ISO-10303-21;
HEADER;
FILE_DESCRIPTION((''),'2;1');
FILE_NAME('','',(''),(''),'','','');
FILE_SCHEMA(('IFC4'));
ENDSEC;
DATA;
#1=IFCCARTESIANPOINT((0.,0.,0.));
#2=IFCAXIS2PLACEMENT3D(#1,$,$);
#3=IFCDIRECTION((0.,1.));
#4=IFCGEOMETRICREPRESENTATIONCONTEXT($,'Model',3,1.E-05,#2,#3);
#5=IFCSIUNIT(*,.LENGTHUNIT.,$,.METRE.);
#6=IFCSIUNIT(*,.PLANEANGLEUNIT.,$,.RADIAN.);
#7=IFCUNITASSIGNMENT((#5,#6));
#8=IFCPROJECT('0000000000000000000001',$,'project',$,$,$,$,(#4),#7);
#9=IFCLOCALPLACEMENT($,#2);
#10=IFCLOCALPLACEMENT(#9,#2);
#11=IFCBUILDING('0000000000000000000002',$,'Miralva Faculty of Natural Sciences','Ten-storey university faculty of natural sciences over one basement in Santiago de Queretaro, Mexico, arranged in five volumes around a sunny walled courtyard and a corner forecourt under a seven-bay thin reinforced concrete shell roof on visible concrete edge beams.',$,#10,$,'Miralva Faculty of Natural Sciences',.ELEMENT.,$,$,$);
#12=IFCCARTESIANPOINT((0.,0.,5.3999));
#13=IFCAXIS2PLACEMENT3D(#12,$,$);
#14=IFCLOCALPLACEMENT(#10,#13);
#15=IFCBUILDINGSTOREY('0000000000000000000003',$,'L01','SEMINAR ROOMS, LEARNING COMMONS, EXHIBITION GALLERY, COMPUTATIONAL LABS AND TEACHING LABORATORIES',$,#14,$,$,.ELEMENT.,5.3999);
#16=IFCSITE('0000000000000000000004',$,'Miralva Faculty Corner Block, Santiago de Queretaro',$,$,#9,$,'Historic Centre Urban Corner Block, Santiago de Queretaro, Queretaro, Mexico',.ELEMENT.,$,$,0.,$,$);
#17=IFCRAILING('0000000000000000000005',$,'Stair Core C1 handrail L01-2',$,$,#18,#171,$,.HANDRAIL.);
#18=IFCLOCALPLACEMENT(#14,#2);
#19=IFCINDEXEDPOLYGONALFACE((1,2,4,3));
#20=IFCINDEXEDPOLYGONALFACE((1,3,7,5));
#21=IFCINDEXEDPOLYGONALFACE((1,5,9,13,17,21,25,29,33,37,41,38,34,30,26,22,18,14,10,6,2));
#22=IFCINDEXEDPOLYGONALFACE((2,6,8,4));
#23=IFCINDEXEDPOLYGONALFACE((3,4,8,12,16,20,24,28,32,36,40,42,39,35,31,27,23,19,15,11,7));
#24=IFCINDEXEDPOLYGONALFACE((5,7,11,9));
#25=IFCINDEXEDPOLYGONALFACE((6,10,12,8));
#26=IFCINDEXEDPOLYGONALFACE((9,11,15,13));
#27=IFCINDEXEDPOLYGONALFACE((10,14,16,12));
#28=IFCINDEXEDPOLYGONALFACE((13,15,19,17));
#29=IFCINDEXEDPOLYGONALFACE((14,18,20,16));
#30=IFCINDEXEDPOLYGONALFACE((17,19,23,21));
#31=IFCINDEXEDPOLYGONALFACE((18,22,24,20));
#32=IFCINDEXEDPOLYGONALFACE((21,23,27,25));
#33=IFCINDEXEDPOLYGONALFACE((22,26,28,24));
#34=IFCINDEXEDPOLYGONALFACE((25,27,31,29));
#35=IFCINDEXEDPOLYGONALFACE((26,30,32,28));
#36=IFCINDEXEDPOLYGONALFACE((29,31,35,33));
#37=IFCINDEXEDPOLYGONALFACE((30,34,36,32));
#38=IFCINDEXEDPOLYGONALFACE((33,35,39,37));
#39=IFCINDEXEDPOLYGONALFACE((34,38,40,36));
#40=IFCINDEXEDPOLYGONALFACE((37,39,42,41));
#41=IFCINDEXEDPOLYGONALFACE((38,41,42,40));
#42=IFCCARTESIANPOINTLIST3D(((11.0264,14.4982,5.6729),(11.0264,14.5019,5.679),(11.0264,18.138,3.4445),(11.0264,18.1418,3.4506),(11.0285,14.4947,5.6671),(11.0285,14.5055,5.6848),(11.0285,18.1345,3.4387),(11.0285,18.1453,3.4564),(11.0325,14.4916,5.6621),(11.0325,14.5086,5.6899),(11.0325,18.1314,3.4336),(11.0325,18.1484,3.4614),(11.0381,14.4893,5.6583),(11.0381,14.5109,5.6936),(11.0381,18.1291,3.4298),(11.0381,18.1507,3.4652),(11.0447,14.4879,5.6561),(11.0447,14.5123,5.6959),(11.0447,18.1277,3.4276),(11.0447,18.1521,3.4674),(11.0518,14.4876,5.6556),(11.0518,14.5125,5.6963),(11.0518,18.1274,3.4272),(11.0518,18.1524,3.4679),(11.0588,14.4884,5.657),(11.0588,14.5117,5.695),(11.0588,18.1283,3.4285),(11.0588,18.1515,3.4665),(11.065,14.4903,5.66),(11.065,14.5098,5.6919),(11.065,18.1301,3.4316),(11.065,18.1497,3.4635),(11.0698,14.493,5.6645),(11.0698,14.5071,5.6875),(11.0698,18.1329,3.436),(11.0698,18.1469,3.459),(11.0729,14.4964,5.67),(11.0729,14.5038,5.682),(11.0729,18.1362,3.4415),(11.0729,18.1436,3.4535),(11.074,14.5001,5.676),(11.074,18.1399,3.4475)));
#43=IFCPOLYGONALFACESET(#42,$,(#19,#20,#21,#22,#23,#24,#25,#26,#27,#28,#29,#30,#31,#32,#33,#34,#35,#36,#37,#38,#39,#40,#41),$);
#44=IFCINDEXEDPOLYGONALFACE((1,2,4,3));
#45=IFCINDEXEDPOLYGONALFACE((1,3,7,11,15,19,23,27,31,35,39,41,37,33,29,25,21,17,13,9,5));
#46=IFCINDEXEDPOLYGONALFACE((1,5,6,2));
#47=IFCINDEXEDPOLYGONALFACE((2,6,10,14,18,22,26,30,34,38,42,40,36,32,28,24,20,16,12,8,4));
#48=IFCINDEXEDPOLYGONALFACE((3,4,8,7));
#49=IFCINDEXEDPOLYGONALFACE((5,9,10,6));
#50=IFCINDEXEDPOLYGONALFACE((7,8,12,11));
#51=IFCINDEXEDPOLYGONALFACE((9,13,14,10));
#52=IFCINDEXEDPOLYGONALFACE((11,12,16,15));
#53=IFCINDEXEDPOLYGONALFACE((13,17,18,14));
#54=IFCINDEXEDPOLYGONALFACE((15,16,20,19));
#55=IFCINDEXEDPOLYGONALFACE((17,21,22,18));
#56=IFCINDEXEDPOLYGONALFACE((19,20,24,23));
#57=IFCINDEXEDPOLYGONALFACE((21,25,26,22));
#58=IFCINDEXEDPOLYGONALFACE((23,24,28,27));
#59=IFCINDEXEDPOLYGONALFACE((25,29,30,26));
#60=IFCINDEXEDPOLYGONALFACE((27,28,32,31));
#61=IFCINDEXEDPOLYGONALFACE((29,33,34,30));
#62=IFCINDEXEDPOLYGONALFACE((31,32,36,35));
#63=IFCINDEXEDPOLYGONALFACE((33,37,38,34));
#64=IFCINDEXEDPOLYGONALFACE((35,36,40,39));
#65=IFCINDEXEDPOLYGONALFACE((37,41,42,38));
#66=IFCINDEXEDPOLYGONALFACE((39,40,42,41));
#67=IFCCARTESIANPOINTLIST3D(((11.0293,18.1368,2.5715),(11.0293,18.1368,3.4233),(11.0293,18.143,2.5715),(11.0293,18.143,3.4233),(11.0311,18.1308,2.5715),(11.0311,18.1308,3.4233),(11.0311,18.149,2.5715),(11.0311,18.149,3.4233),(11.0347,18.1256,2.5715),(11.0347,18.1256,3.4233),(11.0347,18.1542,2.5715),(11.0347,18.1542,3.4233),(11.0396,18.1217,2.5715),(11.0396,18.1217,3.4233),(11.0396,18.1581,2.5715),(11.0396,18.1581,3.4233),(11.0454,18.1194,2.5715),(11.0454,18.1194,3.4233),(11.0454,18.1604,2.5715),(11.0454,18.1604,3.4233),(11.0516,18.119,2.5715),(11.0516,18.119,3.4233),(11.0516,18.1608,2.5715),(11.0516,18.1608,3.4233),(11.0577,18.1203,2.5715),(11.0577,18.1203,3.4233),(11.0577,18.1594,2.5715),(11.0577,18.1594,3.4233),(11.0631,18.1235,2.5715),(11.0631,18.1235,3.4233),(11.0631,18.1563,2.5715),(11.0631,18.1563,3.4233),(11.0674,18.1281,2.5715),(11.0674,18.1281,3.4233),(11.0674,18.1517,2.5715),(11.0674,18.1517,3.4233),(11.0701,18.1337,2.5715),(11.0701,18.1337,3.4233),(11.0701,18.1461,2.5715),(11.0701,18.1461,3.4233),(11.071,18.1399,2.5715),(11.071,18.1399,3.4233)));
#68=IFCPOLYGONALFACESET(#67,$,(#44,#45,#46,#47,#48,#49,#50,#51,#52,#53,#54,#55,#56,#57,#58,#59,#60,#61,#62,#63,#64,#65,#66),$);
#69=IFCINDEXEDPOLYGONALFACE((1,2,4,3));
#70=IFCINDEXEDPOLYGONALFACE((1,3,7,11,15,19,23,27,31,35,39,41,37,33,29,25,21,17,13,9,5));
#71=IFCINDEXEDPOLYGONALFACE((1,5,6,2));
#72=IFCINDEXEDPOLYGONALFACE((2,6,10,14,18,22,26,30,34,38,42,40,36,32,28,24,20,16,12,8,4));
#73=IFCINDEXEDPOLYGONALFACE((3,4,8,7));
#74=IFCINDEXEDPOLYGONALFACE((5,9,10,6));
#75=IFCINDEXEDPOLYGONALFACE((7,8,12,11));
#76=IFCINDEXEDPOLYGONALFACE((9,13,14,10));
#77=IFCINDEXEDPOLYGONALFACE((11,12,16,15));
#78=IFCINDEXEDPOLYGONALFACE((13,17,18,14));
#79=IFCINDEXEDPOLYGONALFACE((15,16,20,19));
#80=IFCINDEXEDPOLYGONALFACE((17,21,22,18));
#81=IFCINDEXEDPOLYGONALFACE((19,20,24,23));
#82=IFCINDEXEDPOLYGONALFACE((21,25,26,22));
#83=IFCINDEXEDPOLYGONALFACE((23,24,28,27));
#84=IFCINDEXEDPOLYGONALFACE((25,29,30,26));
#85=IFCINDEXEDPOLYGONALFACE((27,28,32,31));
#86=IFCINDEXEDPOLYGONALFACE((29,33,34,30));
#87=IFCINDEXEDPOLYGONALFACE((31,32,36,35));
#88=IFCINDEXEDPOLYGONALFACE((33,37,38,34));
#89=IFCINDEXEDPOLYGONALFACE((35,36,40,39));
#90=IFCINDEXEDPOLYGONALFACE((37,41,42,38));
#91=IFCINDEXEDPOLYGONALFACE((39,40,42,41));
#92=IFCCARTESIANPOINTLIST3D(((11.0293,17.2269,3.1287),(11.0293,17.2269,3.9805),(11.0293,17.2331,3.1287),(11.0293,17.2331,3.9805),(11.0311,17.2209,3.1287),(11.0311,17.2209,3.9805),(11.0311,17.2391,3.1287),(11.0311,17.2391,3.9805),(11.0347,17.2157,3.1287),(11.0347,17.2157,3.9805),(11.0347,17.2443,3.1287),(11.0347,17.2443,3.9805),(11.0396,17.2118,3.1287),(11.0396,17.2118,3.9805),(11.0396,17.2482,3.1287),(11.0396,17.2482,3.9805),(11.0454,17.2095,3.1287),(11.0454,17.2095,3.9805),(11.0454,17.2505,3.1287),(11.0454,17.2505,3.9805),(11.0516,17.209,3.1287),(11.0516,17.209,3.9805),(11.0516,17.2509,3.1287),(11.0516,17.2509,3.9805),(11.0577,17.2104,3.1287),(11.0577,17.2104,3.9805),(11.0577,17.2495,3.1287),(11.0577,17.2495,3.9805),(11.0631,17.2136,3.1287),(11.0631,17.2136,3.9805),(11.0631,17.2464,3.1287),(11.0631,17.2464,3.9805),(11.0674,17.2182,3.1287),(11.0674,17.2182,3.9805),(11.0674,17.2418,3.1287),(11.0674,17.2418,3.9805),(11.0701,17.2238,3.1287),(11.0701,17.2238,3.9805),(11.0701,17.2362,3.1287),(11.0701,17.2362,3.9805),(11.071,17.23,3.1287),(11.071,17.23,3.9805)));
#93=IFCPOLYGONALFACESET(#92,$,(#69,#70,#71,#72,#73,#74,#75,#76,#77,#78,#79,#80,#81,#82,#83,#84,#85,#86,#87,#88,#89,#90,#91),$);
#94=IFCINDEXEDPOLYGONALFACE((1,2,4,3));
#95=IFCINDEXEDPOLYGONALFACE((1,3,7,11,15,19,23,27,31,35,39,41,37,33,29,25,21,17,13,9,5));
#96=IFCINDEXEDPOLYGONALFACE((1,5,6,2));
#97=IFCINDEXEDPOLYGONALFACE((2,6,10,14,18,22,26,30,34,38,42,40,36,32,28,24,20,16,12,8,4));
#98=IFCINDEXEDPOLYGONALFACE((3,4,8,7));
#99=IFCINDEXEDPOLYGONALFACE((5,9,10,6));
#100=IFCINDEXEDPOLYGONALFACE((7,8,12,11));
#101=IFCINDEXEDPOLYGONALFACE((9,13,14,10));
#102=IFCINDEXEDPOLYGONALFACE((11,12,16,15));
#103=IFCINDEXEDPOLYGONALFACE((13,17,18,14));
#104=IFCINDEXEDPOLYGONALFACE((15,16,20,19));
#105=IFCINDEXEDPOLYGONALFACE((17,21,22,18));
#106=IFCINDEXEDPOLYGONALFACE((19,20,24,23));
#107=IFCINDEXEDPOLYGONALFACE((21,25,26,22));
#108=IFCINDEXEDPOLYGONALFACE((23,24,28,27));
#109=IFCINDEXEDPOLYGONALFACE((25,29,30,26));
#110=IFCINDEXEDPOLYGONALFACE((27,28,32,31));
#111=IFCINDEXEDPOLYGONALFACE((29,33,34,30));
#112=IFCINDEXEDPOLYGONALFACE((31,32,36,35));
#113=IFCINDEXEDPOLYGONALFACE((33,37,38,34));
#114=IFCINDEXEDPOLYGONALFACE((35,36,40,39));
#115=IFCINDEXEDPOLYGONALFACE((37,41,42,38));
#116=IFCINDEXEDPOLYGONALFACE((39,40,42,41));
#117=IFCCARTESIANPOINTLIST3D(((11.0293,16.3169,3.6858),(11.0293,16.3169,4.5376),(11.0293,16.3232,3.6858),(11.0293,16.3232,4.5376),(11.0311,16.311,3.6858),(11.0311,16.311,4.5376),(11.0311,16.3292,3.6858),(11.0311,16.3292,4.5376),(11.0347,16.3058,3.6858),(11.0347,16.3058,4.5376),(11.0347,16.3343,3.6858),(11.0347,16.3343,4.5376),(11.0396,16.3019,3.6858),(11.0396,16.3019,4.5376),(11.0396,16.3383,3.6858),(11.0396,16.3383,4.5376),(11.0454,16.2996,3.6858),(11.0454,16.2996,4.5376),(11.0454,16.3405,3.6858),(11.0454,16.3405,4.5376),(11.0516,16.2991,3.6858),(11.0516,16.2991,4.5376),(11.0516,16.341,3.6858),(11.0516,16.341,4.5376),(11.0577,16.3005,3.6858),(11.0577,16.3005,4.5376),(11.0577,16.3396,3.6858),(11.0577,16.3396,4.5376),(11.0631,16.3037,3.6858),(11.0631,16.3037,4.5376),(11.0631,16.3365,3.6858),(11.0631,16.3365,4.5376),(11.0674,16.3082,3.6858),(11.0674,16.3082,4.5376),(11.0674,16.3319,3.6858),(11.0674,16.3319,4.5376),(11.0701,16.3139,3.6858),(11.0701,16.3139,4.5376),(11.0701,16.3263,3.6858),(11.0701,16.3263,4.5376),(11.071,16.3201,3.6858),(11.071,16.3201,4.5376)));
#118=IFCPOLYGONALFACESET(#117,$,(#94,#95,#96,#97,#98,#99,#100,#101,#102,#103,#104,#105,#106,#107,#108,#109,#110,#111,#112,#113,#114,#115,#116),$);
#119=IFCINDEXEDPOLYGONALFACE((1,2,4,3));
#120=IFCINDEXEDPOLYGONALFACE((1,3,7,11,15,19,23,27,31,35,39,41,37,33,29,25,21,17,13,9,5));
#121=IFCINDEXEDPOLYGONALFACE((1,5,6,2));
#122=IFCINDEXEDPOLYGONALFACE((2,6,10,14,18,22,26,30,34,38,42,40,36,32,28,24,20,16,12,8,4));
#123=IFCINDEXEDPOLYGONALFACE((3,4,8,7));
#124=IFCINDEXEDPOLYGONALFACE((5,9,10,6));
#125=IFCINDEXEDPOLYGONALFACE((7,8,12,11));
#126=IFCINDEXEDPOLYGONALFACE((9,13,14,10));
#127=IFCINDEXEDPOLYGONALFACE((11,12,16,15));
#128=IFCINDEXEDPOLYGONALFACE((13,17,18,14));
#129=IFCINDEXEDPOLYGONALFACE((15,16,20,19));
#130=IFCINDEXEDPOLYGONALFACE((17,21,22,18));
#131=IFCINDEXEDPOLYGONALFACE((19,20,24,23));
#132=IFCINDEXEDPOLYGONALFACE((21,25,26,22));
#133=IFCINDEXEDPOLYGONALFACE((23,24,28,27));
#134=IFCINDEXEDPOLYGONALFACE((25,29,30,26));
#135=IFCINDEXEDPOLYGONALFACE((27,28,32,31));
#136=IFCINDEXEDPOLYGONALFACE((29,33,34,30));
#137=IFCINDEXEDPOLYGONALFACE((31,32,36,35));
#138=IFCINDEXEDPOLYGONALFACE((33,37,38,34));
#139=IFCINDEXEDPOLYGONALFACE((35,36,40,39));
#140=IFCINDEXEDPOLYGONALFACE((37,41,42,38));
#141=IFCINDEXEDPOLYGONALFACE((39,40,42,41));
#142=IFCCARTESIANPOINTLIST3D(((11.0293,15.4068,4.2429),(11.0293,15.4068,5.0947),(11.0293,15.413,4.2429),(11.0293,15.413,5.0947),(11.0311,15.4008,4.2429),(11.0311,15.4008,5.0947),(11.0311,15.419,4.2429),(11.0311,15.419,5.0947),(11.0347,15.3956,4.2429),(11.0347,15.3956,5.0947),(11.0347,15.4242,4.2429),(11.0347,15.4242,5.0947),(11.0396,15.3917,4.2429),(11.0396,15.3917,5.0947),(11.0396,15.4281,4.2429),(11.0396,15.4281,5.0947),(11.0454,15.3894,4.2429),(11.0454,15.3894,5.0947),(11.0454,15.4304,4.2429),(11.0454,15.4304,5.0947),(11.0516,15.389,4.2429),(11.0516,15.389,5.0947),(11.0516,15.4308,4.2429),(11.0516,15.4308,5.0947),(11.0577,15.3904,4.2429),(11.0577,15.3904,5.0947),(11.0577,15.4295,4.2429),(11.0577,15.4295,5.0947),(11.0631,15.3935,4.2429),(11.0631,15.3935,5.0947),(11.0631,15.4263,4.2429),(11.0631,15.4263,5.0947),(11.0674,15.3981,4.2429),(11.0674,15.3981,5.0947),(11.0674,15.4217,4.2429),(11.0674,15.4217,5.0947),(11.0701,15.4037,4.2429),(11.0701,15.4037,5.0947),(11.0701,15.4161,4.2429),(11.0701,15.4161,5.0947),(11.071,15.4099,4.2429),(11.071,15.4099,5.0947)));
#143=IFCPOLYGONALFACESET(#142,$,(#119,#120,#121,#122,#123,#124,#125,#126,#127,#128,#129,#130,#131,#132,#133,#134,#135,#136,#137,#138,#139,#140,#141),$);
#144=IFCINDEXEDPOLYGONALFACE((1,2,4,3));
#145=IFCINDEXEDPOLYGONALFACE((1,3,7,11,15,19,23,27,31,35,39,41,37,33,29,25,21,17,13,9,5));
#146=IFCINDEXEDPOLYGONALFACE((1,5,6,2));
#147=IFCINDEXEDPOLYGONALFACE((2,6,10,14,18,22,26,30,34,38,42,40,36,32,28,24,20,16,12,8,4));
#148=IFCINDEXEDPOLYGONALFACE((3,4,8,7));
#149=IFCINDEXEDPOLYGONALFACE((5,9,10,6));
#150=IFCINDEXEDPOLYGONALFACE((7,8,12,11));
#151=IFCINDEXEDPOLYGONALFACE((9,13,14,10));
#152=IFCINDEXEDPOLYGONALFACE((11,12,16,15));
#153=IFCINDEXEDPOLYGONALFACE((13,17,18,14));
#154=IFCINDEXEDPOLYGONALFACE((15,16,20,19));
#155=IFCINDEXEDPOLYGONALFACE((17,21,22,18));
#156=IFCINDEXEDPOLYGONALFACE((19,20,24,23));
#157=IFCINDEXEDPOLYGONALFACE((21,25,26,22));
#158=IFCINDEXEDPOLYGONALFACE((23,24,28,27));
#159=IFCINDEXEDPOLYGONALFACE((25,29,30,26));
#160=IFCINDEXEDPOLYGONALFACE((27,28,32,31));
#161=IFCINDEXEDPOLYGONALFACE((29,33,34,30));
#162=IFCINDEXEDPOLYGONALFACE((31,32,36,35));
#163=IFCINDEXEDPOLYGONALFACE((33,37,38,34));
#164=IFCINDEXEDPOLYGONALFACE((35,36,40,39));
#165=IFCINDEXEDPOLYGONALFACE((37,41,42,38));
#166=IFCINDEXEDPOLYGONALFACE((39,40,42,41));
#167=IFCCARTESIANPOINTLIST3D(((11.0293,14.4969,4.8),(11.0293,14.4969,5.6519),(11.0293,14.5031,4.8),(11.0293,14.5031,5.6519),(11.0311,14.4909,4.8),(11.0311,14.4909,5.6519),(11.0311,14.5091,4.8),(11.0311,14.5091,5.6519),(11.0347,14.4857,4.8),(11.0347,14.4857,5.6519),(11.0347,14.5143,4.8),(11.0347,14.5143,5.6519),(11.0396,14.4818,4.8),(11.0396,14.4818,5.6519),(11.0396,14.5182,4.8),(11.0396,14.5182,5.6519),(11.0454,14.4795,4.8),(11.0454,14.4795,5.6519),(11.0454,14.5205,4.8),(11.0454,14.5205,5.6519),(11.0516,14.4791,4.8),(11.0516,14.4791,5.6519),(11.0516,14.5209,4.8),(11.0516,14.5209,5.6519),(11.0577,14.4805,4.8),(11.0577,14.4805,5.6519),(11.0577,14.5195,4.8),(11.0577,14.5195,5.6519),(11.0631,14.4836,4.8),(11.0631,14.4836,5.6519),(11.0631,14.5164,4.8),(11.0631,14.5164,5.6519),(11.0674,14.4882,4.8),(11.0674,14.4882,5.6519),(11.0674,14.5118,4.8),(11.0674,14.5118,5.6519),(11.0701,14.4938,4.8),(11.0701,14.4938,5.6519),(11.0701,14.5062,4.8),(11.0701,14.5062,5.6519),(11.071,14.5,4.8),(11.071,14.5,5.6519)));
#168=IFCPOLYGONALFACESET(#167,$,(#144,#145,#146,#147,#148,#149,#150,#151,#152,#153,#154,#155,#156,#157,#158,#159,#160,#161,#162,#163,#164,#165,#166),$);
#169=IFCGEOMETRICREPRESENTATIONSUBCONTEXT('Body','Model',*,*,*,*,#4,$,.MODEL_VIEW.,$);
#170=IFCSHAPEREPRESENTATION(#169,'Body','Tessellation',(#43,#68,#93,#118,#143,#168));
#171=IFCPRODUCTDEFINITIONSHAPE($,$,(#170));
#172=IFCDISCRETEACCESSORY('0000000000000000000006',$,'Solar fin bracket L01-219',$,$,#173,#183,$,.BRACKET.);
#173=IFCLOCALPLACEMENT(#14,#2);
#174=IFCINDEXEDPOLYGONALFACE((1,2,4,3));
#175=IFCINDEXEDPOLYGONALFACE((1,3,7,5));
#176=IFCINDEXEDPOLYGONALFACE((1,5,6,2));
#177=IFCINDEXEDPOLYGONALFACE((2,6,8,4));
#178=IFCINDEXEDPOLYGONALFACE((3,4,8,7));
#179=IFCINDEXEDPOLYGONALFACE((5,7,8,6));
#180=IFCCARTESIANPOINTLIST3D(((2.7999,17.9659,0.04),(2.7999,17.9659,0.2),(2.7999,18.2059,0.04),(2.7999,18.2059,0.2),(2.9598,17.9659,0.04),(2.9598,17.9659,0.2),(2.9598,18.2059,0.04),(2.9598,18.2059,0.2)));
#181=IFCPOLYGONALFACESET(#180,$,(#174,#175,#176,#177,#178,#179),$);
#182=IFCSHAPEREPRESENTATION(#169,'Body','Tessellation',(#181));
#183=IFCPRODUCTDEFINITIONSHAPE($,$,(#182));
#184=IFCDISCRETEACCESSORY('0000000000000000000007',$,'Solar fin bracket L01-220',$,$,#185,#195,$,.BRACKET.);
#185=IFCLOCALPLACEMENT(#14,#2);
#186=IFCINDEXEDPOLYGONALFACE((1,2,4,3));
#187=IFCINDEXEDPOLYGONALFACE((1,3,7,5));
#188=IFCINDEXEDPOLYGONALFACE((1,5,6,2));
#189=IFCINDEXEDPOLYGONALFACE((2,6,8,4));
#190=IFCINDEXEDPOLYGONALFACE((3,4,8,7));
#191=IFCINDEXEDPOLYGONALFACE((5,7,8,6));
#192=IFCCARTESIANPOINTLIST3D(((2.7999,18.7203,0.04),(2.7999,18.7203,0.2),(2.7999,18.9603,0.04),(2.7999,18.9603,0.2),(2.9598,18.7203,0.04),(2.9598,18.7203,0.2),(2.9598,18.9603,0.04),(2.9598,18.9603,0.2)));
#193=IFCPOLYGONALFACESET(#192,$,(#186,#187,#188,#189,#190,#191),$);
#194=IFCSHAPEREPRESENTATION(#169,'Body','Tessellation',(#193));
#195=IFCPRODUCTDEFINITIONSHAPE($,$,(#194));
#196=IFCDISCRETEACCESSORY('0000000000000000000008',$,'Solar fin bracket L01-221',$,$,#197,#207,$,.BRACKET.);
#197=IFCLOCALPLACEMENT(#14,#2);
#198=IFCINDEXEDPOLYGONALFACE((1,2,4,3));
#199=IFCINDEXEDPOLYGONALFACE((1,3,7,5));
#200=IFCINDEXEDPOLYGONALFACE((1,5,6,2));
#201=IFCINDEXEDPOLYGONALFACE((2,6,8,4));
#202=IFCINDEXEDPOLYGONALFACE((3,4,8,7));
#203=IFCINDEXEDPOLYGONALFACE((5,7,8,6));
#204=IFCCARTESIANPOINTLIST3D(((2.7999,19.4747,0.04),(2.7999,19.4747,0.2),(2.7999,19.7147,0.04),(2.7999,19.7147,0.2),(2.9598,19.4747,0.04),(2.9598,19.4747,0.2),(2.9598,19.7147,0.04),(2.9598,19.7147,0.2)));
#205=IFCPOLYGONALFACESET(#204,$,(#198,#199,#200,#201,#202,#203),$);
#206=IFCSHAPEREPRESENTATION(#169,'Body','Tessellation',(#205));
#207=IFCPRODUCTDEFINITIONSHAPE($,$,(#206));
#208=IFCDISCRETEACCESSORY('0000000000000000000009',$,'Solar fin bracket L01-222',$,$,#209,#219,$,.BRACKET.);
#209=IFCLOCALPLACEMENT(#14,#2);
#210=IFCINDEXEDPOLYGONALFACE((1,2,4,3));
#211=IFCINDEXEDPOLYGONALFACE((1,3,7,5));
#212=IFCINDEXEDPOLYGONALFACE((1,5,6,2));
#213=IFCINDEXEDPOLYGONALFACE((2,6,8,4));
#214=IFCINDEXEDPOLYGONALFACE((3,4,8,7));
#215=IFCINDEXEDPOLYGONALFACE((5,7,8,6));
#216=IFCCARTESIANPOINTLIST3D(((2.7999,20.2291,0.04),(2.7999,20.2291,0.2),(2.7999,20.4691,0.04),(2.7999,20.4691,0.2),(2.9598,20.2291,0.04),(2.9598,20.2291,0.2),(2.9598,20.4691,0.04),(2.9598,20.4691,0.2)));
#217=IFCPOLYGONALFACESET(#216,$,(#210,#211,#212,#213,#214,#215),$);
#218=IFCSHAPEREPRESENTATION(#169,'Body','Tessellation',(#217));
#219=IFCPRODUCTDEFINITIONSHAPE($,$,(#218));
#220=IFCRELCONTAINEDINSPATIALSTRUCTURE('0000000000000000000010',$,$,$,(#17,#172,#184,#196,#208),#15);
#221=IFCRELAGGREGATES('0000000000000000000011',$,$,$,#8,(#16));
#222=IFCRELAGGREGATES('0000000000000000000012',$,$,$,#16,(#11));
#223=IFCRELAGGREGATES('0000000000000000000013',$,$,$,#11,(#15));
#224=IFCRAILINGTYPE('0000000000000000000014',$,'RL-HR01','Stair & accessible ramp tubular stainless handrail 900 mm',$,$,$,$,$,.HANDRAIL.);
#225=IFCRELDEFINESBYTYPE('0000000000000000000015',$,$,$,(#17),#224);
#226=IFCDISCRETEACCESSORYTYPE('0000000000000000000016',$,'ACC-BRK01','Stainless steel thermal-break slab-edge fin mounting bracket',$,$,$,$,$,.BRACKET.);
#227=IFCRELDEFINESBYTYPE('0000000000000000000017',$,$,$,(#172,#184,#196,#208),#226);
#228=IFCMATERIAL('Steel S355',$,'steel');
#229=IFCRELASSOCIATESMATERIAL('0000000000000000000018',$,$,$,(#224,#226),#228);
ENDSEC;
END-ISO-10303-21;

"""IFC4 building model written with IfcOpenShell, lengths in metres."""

from ifc_helpers import new_model, si_unit, direction, frame, origin, origin_2d, place, context, subcontext, project, spatial, rectangle, circle, extrude, material, type_object, element, save


model = new_model("IFC4")

# Units and contexts
model_context = context("Model", 3, precision=1e-05, world=origin(), true_north=direction((0.0, 1.0)))
body_context = subcontext(model_context, "Body", "Model", "MODEL_VIEW")
ifc_project = project(units=[si_unit("LENGTHUNIT", "METRE"), si_unit("PLANEANGLEUNIT", "RADIAN")], contexts=[model_context])

# Site, building, storey
site_placement = place(None, origin())
site = spatial("IfcSite", under=ifc_project, at=site_placement, Name="Miralva Faculty Corner Block, Santiago de Queretaro", LongName="Historic Centre Urban Corner Block, Santiago de Queretaro, Queretaro, Mexico", CompositionType="ELEMENT", RefElevation=0.0)
building_placement = place(site_placement, origin())
building = spatial("IfcBuilding", under=site, at=building_placement, Name="Miralva Faculty of Natural Sciences", Description="Ten-storey university faculty of natural sciences over one basement in Santiago de Queretaro, Mexico, arranged in five volumes around a sunny walled courtyard and a corner forecourt under a seven-bay thin reinforced concrete shell roof on visible concrete edge beams.", LongName="Miralva Faculty of Natural Sciences", CompositionType="ELEMENT")
storey_placement = place(building_placement, frame((0.0, 0.0, 5.3999)))
storey = spatial("IfcBuildingStorey", under=building, at=storey_placement, Name="L01", Description="SEMINAR ROOMS, LEARNING COMMONS, EXHIBITION GALLERY, COMPUTATIONAL LABS AND TEACHING LABORATORIES", CompositionType="ELEMENT", Elevation=5.3999)

# Railing
ifc_material_1 = material(Name="Steel S355", Category="steel")
railing_type_1 = type_object("IfcRailingType", Name="RL-HR01", Description="Stair & accessible ramp tubular stainless handrail 900 mm", PredefinedType="HANDRAIL", material=ifc_material_1)
railing_1_placement = place(storey_placement, frame((11.05, 18.1399, 2.5715)))
element("IfcRailing", 1, at=railing_1_placement, inside=storey, type_object=railing_type_1, Name="Stair Core C1 handrail L01-2", PredefinedType="HANDRAIL", context=body_context, shape_type="SweptSolid", body=[
    extrude(circle(Radius=0.0239, at=origin_2d()), frame((0.0, 0.0, 0.876), z_axis=(0.0, -0.85285, 0.522156), x_axis=(1.0, 0.0, 0.0)), (0.0, 0.0, 1.0), 4.2678),
    extrude(circle(Radius=0.021, at=origin_2d()), origin(), (0.0, 0.0, 1.0), 0.8518),
    extrude(circle(Radius=0.021, at=origin_2d()), frame((0.0, -0.9099, 0.5571)), (0.0, 0.0, 1.0), 0.8518),
    extrude(circle(Radius=0.021, at=origin_2d()), frame((0.0, -1.8198, 1.1143)), (0.0, 0.0, 1.0), 0.8518),
    extrude(circle(Radius=0.021, at=origin_2d()), frame((0.0, -2.73, 1.6714)), (0.0, 0.0, 1.0), 0.8518),
    extrude(circle(Radius=0.021, at=origin_2d()), frame((0.0, -3.6399, 2.2285)), (0.0, 0.0, 1.0), 0.8518),
])

# Discrete accessories
discrete_accessory_type = type_object("IfcDiscreteAccessoryType", Name="ACC-BRK01", Description="Stainless steel thermal-break slab-edge fin mounting bracket", PredefinedType="BRACKET", material=ifc_material_1)
for number, where, z_axis, x_axis, name in (
    (2, (2.8799, 18.0859, 0.04), (0.0, 0.0, 1.0), (-1.0, 0.0, 0.0), "Solar fin bracket L01-219"),
    (3, (2.8799, 18.8403, 0.04), (0.0, 0.0, 1.0), (-1.0, 0.0, 0.0), "Solar fin bracket L01-220"),
    (4, (2.8799, 19.5947, 0.04), (0.0, 0.0, 1.0), (-1.0, 0.0, 0.0), "Solar fin bracket L01-221"),
    (5, (2.8799, 20.3491, 0.04), (0.0, 0.0, 1.0), (-1.0, 0.0, 0.0), "Solar fin bracket L01-222"),
):
    element("IfcDiscreteAccessory", number, at=place(storey_placement, frame(where, z_axis=z_axis, x_axis=x_axis)), inside=storey, type_object=discrete_accessory_type, Name=name, PredefinedType="BRACKET", context=body_context, shape_type="SweptSolid", body=[
        extrude(rectangle(XDim=0.1599, YDim=0.24, at=origin_2d()), origin(), (0.0, 0.0, 1.0), 0.1599),
    ])

save(model, "model.ifc")
